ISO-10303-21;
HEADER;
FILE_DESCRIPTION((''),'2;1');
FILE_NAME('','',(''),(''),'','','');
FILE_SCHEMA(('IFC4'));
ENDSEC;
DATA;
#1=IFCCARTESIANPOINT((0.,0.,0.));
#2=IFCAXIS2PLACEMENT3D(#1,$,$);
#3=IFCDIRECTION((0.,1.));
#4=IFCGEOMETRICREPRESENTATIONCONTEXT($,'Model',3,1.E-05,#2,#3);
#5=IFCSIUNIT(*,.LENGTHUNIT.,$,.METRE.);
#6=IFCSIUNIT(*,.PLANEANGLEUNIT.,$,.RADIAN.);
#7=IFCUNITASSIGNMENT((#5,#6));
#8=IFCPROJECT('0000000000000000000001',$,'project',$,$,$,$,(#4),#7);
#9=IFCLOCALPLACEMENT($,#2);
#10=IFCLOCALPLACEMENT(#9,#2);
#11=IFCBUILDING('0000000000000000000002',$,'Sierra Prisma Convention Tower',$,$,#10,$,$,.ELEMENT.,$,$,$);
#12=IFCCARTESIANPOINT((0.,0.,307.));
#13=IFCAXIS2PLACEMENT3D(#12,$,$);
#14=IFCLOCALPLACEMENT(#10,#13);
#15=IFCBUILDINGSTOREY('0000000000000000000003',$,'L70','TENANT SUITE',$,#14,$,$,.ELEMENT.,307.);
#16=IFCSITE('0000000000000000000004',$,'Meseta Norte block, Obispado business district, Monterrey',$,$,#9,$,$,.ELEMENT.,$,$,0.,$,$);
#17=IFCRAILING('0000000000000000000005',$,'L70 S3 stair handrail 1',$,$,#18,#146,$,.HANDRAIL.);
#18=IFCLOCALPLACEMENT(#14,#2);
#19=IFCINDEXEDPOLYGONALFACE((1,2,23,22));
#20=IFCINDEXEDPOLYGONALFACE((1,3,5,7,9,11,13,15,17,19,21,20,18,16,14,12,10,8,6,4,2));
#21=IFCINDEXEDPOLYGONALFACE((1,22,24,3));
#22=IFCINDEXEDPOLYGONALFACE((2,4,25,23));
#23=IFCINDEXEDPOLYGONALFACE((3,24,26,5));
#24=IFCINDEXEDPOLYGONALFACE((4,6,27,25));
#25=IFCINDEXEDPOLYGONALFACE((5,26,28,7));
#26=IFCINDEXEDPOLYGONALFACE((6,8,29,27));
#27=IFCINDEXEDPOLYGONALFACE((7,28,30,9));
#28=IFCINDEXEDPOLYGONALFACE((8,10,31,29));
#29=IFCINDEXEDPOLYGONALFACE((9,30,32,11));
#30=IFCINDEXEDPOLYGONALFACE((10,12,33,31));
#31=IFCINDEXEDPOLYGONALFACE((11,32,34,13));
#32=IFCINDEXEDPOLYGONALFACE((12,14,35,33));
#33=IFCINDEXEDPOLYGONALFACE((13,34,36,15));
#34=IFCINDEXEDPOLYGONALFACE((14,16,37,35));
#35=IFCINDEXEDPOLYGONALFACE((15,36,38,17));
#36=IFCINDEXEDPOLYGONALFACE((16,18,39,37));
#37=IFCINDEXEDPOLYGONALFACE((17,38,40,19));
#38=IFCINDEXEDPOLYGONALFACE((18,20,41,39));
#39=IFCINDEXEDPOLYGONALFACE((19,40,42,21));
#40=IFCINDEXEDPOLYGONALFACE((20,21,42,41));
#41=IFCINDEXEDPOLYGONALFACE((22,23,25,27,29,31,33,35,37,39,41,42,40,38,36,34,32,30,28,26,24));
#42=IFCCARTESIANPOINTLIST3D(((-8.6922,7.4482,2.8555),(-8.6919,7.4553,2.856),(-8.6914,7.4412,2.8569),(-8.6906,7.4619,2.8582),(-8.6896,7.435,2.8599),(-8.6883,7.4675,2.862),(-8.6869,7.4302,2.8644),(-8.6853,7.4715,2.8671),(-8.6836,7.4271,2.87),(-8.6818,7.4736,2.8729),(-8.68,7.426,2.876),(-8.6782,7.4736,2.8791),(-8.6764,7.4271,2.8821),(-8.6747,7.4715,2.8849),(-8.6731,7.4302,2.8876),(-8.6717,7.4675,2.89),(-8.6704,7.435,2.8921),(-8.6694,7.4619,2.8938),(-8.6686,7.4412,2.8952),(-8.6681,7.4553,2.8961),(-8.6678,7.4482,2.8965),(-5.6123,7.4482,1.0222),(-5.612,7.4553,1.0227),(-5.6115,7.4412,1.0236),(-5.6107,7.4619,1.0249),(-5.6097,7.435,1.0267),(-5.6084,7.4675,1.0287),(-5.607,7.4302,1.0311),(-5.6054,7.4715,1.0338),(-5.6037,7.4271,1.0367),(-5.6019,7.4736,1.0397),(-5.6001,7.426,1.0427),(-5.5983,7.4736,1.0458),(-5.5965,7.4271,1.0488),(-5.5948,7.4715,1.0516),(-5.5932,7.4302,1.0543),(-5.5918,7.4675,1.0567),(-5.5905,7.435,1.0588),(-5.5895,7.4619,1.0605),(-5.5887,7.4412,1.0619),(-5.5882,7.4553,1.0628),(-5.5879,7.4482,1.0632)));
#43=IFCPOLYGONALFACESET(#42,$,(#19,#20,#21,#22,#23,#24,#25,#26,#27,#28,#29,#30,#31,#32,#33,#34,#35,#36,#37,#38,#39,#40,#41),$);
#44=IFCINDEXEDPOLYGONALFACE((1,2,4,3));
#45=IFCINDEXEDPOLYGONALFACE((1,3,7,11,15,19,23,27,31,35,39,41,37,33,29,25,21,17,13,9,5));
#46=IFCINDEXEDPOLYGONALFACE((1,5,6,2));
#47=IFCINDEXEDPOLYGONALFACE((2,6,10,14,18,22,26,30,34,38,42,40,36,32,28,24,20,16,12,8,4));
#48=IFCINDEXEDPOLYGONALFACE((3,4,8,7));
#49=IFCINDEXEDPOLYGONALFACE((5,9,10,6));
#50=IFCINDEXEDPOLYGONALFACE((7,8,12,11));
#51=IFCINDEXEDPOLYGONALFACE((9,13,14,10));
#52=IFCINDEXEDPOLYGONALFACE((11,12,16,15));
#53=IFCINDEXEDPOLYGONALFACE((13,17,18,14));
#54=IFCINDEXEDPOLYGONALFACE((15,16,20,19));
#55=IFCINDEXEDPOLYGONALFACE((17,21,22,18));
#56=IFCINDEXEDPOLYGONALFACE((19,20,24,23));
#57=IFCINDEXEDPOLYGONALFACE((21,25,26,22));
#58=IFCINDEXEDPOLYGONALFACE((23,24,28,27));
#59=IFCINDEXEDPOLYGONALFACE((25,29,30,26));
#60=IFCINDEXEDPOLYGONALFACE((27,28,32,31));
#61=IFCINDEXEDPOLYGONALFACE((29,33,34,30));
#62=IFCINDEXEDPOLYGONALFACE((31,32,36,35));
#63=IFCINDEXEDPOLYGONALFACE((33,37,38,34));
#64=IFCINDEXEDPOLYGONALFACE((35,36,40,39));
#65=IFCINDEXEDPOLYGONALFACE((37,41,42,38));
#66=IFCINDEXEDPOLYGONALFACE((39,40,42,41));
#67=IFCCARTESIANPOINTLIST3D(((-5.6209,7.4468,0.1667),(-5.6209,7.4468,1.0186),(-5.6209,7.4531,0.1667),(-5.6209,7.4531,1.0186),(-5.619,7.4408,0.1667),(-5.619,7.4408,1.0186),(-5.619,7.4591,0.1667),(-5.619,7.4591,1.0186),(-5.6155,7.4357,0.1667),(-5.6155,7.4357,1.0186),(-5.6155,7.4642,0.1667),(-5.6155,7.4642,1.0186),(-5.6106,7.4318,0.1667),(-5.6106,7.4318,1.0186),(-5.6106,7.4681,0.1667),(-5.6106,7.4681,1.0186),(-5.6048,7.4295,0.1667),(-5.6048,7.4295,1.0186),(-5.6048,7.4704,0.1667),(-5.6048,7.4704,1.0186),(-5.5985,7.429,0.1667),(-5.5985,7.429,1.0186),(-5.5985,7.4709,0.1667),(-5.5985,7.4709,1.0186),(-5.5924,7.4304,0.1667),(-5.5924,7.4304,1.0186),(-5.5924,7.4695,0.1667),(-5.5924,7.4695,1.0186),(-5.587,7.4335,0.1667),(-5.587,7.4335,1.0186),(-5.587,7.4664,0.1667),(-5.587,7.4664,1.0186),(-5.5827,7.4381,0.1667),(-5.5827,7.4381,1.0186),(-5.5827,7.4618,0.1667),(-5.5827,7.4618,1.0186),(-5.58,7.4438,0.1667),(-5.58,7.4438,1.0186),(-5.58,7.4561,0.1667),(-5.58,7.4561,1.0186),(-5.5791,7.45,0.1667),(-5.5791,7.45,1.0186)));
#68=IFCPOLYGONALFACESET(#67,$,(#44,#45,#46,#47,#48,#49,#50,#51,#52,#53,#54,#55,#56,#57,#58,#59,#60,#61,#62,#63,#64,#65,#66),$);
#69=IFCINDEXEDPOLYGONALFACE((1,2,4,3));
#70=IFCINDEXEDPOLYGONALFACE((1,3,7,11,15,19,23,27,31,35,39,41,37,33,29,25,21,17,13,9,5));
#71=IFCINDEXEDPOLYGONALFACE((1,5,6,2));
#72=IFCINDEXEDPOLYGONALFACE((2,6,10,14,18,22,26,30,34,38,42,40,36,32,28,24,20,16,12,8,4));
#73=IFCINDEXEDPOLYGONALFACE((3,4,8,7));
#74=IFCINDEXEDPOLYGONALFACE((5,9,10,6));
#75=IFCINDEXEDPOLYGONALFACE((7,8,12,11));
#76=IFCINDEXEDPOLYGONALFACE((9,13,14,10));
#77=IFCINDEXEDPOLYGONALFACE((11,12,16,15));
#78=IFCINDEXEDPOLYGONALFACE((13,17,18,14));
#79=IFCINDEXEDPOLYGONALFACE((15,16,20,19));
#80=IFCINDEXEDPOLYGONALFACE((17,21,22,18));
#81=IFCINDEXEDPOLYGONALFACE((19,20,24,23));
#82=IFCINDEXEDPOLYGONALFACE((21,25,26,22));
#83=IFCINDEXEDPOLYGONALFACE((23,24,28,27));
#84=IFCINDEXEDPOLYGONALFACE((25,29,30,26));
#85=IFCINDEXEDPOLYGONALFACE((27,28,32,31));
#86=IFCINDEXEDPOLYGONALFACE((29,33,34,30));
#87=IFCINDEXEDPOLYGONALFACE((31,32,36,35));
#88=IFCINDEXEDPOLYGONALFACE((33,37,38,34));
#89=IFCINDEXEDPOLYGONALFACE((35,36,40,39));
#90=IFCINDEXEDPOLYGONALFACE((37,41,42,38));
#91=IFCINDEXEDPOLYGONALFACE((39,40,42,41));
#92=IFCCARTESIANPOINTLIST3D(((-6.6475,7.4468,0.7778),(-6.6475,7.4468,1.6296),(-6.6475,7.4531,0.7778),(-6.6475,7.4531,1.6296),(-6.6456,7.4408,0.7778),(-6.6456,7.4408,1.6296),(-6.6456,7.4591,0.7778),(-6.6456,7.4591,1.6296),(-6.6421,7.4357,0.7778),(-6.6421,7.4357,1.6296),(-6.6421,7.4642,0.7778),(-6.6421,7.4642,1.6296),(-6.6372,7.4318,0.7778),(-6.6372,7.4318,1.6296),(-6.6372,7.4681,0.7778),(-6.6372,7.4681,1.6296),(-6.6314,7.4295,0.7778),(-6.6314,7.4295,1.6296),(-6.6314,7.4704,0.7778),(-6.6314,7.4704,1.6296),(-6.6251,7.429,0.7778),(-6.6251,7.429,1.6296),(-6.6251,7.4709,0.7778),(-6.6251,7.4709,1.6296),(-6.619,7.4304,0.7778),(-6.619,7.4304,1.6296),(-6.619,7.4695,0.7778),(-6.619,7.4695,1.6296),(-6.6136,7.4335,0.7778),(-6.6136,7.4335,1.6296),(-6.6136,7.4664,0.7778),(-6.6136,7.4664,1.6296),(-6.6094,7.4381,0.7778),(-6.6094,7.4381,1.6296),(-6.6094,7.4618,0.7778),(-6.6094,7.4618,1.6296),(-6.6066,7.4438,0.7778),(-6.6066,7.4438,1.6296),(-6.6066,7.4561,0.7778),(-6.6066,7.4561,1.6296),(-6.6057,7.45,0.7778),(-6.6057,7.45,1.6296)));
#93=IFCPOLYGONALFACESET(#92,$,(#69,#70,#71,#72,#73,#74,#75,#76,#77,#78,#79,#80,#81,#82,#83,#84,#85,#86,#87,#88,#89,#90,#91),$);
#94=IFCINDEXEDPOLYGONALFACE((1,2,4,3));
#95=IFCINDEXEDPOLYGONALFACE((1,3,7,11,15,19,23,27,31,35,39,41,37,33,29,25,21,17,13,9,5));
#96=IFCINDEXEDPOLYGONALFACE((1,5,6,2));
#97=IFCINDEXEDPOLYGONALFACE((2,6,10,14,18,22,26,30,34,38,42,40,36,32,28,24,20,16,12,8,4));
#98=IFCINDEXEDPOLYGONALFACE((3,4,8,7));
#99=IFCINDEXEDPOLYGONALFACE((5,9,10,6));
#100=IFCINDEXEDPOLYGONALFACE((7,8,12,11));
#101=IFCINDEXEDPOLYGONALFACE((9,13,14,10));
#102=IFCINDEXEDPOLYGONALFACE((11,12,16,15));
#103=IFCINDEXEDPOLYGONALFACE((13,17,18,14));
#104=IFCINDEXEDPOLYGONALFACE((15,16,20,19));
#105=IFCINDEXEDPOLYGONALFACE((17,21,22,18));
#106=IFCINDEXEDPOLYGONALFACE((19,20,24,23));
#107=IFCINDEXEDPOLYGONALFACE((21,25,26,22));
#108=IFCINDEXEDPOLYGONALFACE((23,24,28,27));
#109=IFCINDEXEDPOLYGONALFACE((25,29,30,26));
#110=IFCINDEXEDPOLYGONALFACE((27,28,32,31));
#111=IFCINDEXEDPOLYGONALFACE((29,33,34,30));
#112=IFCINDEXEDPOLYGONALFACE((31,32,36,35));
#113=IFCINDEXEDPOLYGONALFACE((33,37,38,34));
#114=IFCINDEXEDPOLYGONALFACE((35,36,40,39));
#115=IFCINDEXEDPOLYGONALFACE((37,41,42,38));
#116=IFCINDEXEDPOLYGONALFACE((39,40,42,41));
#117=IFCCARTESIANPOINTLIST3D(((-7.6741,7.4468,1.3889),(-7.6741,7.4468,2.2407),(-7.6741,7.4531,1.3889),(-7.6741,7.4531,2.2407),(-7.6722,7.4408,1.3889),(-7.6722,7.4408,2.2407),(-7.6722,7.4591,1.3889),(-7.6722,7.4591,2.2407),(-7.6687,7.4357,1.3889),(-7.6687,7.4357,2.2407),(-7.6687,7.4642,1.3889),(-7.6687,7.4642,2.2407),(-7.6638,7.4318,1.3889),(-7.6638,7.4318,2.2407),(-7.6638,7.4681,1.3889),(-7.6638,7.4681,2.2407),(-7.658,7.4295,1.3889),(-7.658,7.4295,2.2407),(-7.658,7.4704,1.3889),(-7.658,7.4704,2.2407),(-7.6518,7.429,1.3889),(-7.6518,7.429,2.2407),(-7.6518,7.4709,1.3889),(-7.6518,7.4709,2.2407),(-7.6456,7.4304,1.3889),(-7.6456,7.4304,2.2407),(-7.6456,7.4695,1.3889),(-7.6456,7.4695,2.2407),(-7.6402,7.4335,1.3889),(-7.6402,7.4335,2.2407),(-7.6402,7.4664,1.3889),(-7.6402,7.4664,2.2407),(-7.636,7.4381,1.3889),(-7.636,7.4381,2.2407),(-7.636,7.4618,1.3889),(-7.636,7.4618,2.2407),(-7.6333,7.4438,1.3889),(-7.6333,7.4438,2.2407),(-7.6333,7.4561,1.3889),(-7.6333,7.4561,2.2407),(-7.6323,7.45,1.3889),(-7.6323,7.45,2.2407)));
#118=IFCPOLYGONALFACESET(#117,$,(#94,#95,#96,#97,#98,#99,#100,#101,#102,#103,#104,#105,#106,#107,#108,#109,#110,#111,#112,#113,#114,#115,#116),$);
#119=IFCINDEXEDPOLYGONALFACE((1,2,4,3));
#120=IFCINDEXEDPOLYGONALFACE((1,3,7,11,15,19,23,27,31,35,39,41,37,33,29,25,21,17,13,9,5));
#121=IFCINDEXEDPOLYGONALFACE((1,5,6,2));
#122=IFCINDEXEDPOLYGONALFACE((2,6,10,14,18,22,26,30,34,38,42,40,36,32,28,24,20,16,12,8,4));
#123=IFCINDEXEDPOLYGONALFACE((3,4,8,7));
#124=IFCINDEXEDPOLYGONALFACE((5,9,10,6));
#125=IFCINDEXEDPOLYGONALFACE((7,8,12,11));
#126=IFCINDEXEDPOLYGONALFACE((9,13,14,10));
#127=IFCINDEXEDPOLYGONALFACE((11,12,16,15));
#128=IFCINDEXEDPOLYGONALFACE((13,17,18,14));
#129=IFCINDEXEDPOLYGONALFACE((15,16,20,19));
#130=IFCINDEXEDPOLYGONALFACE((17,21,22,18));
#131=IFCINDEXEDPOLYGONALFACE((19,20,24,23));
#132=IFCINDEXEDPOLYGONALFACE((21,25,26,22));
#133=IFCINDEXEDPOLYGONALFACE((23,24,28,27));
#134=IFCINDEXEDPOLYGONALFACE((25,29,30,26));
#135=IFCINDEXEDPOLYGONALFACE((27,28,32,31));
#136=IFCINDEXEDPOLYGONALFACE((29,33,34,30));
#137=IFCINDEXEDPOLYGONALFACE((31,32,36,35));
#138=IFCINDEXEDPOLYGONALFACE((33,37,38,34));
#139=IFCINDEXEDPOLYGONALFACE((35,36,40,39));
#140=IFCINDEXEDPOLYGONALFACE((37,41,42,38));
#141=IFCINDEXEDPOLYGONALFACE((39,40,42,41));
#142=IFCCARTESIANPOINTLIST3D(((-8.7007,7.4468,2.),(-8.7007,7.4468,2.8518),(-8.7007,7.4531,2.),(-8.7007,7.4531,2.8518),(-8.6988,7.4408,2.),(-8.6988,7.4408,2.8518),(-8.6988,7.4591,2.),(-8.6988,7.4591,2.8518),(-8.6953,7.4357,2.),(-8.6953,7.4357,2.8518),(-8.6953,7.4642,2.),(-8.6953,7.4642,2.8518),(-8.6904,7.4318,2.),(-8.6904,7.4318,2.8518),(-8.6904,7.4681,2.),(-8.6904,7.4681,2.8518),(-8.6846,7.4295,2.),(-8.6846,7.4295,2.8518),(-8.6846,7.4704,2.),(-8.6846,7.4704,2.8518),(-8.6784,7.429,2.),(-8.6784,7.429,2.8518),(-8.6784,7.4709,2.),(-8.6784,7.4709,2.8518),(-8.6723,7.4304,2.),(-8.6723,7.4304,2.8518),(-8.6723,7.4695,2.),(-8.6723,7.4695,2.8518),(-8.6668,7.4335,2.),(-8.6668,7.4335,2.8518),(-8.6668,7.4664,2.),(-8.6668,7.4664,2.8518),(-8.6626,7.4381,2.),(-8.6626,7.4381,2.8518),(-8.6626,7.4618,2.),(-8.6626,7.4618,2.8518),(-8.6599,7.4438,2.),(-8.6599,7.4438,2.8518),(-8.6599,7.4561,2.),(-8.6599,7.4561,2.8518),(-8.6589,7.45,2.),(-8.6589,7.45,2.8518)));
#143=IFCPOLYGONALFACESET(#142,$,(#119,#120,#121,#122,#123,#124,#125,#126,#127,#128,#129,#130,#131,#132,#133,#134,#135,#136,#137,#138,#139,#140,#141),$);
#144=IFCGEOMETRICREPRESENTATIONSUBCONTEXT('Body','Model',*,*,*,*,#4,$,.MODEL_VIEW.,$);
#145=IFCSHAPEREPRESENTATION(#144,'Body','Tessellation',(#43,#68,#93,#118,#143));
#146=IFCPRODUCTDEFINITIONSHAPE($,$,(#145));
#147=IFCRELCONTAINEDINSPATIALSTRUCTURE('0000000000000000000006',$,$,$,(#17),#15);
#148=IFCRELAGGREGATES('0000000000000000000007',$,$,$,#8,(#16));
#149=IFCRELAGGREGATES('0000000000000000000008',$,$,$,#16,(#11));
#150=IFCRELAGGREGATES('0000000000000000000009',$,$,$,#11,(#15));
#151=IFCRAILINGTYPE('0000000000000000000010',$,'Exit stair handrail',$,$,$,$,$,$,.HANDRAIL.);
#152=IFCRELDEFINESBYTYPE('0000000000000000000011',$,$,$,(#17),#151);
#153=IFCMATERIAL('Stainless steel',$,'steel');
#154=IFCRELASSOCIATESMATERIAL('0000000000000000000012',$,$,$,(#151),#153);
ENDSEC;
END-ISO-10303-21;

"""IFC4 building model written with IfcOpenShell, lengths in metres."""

from ifc_helpers import new_model, si_unit, direction, frame, origin, origin_2d, place, context, subcontext, project, spatial, circle, extrude, material, type_object, element, save


model = new_model("IFC4")

# Units and contexts
model_context = context("Model", 3, precision=1e-05, world=origin(), true_north=direction((0.0, 1.0)))
body_context = subcontext(model_context, "Body", "Model", "MODEL_VIEW")
ifc_project = project(units=[si_unit("LENGTHUNIT", "METRE"), si_unit("PLANEANGLEUNIT", "RADIAN")], contexts=[model_context])

# Site, building, storey
site_placement = place(None, origin())
site = spatial("IfcSite", under=ifc_project, at=site_placement, Name="Meseta Norte block, Obispado business district, Monterrey", CompositionType="ELEMENT", RefElevation=0.0)
building_placement = place(site_placement, origin())
building = spatial("IfcBuilding", under=site, at=building_placement, Name="Sierra Prisma Convention Tower", CompositionType="ELEMENT")
storey_placement = place(building_placement, frame((0.0, 0.0, 307.0)))
storey = spatial("IfcBuildingStorey", under=building, at=storey_placement, Name="L70", Description="TENANT SUITE", CompositionType="ELEMENT", Elevation=307.0)

# Railing
ifc_material_1 = material(Name="Stainless steel", Category="steel")
railing_type_1 = type_object("IfcRailingType", Name="Exit stair handrail", PredefinedType="HANDRAIL", material=ifc_material_1)
railing_1_placement = place(storey_placement, frame((-5.6001, 7.45, 0.1667)))
element("IfcRailing", 1, at=railing_1_placement, inside=storey, type_object=railing_type_1, Name="L70 S3 stair handrail 1", PredefinedType="HANDRAIL", context=body_context, shape_type="SweptSolid", body=[
    extrude(circle(Radius=0.0239, at=origin_2d()), frame((0.0, 0.0, 0.876), z_axis=(-0.859291, 0.0, 0.511487), x_axis=(0.0, -1.0, 0.0)), (0.0, 0.0, 1.0), 3.5842),
    extrude(circle(Radius=0.021, at=origin_2d()), origin(), (0.0, 0.0, 1.0), 0.8518),
    extrude(circle(Radius=0.021, at=origin_2d()), frame((-1.0266, 0.0, 0.6111)), (0.0, 0.0, 1.0), 0.8518),
    extrude(circle(Radius=0.021, at=origin_2d()), frame((-2.0532, 0.0, 1.2222)), (0.0, 0.0, 1.0), 0.8518),
    extrude(circle(Radius=0.021, at=origin_2d()), frame((-3.0798, 0.0, 1.8333)), (0.0, 0.0, 1.0), 0.8518),
])

save(model, "model.ifc")
